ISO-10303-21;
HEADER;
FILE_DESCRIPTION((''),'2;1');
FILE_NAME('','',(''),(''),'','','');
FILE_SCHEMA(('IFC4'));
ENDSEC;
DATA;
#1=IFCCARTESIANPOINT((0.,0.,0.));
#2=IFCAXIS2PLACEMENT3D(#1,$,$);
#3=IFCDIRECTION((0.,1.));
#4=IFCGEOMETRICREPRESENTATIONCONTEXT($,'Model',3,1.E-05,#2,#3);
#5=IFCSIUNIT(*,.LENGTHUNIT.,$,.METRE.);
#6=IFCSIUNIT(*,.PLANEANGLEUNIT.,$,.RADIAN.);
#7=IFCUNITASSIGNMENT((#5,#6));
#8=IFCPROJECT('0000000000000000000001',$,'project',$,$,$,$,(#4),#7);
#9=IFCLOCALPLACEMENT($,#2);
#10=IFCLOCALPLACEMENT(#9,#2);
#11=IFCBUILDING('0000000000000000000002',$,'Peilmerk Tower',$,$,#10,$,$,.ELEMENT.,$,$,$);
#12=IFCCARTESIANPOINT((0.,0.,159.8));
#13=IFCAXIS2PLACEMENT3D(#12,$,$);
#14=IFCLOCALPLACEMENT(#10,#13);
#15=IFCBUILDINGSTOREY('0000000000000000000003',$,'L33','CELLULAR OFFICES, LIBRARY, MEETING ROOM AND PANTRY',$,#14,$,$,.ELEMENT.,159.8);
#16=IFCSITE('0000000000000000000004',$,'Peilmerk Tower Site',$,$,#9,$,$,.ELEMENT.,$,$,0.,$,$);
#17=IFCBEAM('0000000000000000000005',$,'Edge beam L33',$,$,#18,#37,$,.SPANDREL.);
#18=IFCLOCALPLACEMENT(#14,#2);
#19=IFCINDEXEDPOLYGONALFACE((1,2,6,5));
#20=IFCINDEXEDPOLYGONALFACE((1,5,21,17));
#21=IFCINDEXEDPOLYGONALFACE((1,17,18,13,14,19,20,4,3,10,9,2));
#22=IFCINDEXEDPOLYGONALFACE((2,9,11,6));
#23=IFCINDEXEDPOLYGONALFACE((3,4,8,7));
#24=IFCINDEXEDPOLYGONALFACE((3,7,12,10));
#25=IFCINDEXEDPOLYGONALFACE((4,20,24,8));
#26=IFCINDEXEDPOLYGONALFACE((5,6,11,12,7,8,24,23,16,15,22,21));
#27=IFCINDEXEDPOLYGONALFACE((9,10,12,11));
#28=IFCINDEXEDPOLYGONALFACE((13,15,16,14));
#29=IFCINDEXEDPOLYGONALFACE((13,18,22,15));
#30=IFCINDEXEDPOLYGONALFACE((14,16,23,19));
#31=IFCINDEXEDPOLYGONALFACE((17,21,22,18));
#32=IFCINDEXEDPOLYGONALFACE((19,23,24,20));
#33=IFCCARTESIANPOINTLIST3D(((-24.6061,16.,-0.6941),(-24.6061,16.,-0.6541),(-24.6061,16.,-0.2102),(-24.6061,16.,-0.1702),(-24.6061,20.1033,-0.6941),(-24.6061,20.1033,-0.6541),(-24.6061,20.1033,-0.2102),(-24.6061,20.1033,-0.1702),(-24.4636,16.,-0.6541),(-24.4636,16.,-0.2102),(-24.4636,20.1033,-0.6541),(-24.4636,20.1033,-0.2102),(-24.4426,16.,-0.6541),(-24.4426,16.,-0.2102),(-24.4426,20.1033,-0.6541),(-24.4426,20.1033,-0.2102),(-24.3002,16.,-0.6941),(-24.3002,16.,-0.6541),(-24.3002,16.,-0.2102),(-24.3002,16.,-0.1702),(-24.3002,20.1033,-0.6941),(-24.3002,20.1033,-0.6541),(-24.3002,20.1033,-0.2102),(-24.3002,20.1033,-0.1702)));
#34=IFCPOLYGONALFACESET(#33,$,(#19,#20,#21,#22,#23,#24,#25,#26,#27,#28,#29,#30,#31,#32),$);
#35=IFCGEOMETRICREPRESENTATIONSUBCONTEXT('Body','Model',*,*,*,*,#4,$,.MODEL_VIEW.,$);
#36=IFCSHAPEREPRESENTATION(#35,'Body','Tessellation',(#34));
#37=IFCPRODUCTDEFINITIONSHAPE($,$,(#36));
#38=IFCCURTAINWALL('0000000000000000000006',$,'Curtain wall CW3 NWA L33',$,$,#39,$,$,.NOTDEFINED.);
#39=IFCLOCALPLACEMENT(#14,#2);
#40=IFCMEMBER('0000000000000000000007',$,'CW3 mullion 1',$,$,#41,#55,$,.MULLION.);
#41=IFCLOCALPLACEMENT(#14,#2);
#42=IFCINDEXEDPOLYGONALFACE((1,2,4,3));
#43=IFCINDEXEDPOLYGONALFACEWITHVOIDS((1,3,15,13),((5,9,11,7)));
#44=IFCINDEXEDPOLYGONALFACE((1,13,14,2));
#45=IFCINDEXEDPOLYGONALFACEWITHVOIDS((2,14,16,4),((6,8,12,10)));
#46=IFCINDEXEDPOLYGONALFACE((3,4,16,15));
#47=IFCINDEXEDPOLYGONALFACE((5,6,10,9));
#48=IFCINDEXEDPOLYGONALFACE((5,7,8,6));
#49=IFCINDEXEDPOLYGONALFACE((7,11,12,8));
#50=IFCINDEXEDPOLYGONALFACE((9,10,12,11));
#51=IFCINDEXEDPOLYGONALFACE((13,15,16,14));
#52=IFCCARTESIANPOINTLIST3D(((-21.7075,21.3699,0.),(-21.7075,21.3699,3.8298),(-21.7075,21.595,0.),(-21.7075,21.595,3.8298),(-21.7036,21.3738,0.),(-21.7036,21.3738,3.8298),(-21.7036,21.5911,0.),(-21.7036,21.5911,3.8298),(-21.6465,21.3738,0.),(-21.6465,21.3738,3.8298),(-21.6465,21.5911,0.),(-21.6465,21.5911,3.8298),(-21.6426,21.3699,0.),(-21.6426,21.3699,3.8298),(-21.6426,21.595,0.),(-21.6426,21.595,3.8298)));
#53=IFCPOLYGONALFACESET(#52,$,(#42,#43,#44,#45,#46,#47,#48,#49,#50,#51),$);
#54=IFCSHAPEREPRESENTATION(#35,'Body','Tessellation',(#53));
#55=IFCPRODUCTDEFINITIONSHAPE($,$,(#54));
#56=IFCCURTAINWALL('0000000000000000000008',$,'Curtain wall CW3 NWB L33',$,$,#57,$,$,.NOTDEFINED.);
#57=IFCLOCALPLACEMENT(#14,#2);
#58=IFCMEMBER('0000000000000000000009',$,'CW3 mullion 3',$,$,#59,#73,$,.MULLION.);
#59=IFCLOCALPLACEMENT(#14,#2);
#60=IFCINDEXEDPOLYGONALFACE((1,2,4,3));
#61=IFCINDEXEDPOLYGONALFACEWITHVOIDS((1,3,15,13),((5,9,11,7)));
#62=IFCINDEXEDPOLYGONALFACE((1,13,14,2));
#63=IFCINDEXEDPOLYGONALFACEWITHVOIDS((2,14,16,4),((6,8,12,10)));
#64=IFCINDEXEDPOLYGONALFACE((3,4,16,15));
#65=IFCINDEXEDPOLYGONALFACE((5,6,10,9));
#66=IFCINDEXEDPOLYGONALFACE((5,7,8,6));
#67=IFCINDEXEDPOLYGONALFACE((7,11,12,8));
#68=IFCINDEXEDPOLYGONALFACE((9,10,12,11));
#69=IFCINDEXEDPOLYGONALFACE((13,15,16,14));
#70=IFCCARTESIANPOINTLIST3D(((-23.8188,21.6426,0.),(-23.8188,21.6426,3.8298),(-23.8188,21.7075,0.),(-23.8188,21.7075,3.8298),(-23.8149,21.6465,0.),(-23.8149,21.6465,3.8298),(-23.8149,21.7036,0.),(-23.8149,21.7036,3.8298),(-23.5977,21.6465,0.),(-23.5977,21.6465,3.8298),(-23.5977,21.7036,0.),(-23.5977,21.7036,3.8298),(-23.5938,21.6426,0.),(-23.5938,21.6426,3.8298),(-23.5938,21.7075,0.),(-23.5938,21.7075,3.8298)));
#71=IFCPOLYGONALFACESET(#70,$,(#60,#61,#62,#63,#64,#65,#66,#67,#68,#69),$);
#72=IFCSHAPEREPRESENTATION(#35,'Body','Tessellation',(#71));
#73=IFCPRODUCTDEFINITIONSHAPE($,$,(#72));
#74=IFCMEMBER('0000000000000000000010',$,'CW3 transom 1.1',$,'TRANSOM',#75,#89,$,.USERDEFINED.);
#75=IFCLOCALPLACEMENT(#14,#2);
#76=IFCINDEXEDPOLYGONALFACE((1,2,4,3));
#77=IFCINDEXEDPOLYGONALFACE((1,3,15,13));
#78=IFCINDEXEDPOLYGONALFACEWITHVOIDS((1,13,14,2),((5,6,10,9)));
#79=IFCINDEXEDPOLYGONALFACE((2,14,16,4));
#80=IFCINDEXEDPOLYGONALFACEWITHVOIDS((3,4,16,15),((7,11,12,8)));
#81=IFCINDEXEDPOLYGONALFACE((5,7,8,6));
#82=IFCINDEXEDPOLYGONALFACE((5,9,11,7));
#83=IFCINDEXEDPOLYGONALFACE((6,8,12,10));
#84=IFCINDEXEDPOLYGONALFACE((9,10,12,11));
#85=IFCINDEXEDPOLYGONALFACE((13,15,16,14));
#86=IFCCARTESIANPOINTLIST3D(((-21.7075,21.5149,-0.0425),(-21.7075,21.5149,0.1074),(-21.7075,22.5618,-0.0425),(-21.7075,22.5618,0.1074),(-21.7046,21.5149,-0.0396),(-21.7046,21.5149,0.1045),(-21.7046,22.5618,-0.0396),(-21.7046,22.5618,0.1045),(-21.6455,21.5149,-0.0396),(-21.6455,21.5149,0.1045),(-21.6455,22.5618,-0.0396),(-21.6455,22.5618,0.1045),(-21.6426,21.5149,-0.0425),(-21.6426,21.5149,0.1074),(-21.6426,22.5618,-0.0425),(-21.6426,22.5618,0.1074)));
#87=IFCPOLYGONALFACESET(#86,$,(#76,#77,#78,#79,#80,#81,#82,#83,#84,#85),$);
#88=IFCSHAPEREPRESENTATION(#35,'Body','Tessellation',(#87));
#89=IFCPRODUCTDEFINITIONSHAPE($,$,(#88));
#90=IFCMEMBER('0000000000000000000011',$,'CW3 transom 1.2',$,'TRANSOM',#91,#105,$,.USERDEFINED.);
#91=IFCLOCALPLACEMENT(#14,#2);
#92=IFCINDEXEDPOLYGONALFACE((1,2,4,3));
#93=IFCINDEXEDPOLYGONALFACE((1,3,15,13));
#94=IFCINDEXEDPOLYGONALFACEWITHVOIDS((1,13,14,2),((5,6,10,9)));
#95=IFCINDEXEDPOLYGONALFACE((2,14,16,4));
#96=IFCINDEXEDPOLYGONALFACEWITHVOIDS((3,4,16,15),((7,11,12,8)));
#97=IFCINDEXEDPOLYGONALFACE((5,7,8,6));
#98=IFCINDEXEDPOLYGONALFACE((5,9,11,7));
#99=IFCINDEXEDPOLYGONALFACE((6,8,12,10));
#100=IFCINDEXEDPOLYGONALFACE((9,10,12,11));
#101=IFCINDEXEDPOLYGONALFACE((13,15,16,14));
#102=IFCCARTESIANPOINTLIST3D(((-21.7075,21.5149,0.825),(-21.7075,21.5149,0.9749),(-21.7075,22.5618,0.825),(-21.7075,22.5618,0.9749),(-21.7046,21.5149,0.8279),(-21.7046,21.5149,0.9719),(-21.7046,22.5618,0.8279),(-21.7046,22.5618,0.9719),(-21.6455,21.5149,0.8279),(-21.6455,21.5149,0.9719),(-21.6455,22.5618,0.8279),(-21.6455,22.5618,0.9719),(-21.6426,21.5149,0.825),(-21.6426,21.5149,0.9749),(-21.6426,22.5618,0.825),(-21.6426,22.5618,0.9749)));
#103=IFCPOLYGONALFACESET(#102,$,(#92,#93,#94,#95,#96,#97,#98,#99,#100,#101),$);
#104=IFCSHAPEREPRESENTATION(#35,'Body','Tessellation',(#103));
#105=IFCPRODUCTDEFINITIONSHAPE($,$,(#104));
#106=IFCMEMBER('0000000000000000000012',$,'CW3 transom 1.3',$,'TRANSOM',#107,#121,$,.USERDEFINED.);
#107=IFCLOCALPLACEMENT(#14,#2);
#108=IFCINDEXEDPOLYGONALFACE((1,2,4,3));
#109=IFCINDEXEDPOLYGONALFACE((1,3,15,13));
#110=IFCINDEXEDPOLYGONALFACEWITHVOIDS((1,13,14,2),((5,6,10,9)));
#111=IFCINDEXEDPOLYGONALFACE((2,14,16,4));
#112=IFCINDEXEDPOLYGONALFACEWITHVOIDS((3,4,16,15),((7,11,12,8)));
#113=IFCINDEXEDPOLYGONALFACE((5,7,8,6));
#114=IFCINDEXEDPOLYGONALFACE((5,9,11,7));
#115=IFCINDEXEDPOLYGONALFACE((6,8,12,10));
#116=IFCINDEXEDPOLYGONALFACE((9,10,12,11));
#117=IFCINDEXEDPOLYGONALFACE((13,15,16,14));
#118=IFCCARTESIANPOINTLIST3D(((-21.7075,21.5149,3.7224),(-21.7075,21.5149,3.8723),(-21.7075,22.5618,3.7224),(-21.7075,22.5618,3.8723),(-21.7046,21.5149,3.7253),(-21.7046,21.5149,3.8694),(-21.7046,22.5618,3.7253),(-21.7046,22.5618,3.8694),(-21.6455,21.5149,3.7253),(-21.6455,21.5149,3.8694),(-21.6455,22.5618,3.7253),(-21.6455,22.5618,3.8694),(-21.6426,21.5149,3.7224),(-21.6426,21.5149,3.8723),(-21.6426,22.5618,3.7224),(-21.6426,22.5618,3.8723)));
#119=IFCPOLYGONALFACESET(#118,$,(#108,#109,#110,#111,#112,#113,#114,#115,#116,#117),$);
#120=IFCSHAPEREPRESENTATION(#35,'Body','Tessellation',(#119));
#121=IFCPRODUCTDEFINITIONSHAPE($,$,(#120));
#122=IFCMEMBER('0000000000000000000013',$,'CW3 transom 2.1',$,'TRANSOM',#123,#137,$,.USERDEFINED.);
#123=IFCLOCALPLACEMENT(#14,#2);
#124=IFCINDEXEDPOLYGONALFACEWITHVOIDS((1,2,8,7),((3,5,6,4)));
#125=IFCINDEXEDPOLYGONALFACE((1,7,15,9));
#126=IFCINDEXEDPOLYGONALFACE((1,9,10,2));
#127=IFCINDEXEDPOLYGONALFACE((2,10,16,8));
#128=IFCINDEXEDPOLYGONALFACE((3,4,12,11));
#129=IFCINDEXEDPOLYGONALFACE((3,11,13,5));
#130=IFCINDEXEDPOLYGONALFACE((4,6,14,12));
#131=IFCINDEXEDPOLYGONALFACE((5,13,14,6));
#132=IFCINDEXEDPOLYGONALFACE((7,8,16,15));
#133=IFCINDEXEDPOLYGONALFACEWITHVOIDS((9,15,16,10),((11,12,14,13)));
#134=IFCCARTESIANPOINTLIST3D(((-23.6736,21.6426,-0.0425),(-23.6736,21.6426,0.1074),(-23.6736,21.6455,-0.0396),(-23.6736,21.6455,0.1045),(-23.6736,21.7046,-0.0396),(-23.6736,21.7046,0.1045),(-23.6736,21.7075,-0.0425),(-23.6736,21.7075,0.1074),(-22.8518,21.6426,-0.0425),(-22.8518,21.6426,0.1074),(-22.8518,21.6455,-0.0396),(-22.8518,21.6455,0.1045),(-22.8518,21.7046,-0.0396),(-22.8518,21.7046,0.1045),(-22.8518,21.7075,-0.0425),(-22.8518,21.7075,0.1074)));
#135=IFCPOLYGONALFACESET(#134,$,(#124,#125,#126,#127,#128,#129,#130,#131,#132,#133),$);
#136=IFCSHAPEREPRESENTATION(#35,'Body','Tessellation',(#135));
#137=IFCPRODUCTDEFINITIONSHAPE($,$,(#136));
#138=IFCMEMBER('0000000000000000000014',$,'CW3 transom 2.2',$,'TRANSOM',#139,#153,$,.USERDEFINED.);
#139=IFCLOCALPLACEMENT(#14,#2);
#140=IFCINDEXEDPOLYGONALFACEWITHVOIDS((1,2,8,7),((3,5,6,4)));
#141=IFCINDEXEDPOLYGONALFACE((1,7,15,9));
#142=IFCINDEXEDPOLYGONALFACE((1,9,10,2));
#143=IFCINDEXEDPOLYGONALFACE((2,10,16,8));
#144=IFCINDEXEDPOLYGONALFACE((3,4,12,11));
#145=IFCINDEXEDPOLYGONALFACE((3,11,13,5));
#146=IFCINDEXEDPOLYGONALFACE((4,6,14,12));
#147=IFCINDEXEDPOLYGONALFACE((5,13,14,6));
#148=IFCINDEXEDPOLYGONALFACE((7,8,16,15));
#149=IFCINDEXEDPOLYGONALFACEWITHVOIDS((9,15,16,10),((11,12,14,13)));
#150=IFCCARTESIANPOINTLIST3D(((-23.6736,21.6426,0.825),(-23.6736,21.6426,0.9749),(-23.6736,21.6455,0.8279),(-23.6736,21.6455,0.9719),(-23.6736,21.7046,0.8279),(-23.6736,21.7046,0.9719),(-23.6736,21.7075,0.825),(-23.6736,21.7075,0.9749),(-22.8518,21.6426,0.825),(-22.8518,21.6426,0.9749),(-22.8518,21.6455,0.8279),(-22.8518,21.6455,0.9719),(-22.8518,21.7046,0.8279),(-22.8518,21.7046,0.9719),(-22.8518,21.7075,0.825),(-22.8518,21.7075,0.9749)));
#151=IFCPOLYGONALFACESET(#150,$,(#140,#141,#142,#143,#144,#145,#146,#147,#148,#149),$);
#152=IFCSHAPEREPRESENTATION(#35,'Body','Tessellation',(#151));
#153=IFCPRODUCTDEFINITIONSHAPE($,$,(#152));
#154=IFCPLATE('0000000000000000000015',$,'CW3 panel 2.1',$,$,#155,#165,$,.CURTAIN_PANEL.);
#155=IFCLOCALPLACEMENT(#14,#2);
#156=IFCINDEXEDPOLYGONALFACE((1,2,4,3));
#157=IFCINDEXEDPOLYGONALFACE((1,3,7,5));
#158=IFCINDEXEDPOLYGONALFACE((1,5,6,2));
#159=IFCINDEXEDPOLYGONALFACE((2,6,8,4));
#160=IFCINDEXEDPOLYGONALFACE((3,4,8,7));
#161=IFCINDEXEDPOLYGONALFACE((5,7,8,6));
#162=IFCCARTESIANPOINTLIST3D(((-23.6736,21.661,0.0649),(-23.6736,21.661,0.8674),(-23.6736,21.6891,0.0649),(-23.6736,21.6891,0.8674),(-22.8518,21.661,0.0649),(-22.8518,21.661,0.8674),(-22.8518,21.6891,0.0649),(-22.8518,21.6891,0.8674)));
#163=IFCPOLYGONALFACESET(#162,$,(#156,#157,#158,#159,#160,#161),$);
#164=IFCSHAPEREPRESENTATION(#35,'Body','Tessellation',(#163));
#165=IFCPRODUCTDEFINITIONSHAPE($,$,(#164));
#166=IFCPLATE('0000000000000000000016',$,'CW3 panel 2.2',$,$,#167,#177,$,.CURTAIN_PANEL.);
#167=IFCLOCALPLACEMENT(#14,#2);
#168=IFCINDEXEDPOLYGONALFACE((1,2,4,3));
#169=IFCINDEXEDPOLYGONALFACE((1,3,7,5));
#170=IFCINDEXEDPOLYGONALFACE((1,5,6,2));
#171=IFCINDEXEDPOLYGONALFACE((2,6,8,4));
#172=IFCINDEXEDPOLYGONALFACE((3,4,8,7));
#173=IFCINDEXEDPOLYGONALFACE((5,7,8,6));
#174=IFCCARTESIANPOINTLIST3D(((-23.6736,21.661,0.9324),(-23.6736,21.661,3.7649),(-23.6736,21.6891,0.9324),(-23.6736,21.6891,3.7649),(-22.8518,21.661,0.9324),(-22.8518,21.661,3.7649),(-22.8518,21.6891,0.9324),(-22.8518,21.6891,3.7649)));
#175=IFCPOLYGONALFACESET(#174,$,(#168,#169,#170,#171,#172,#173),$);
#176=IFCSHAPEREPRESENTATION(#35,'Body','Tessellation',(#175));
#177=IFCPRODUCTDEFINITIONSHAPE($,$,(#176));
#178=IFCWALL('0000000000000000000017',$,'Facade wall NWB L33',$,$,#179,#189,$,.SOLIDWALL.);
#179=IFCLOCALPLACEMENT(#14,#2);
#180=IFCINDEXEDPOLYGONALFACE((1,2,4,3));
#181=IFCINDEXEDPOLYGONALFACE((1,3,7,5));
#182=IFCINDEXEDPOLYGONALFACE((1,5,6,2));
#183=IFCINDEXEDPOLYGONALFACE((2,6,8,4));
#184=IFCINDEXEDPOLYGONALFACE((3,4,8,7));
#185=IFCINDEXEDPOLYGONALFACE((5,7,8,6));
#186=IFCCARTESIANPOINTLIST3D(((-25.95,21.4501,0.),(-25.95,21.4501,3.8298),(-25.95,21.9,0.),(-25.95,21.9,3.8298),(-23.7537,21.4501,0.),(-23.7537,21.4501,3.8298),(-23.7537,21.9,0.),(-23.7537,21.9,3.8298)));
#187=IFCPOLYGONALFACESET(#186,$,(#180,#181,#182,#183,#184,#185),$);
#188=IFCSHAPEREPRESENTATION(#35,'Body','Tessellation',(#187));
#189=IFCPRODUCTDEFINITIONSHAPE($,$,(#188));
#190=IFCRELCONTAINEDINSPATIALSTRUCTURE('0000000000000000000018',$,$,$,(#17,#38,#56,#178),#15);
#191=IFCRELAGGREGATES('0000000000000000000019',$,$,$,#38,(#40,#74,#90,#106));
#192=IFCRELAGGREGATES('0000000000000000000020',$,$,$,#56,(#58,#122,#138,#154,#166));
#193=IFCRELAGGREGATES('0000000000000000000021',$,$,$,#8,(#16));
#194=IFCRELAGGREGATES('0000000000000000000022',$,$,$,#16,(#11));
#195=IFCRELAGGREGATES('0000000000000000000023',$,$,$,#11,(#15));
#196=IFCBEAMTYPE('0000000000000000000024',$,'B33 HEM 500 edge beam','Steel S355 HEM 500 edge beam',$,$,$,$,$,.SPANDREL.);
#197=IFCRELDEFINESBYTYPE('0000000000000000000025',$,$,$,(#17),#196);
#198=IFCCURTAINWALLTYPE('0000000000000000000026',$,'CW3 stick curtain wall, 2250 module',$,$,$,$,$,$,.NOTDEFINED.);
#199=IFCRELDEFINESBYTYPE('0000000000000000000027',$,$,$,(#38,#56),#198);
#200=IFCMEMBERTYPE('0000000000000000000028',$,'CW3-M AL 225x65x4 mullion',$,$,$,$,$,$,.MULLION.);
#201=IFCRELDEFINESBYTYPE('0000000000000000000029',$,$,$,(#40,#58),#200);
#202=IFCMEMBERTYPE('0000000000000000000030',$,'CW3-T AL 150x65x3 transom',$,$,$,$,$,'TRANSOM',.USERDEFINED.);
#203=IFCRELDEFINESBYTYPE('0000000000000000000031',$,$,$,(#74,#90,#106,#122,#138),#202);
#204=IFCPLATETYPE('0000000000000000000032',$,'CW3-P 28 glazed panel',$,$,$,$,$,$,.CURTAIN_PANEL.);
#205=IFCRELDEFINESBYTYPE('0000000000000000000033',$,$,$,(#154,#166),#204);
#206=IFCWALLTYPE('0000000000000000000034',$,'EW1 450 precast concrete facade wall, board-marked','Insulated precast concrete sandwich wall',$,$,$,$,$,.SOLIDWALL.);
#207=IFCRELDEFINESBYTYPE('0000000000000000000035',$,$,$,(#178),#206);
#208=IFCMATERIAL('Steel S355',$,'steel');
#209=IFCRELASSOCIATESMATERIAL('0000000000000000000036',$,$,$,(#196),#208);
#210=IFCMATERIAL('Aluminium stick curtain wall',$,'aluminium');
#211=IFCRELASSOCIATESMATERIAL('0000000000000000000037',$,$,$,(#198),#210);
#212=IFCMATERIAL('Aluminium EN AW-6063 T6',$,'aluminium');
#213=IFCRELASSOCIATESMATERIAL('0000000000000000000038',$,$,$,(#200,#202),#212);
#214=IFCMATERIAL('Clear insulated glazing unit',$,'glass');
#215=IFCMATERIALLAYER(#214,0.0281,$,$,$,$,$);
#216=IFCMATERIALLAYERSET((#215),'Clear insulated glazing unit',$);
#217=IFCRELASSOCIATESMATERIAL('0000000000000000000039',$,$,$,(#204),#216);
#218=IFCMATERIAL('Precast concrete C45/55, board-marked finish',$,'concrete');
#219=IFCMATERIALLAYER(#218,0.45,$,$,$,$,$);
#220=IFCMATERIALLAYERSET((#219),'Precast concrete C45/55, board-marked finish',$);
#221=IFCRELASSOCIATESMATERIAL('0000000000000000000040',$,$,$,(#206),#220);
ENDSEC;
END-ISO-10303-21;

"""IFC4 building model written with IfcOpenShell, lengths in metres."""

from ifc_helpers import new_model, si_unit, direction, frame, frame_2d, origin, origin_2d, place, context, subcontext, project, spatial, rectangle, hollow_rectangle, i_section, extrude, material, layer, layer_set, material_profile, profile_set, type_object, element, aggregate, save


model = new_model("IFC4")

# Units and contexts
model_context = context("Model", 3, precision=1e-05, world=origin(), true_north=direction((0.0, 1.0)))
body_context = subcontext(model_context, "Body", "Model", "MODEL_VIEW")
ifc_project = project(units=[si_unit("LENGTHUNIT", "METRE"), si_unit("PLANEANGLEUNIT", "RADIAN")], contexts=[model_context])

# Site, building, storey
site_placement = place(None, origin())
site = spatial("IfcSite", under=ifc_project, at=site_placement, Name="Peilmerk Tower Site", CompositionType="ELEMENT", RefElevation=0.0)
building_placement = place(site_placement, origin())
building = spatial("IfcBuilding", under=site, at=building_placement, Name="Peilmerk Tower", CompositionType="ELEMENT")
storey_placement = place(building_placement, frame((0.0, 0.0, 159.8)))
storey = spatial("IfcBuildingStorey", under=building, at=storey_placement, Name="L33", Description="CELLULAR OFFICES, LIBRARY, MEETING ROOM AND PANTRY", CompositionType="ELEMENT", Elevation=159.8)

# Beam
ifc_material_1 = material(Name="Steel S355", Category="steel")
ifc_material_profile_1 = material_profile(ifc_material_1, i_section(OverallWidth=0.3059, OverallDepth=0.5239, WebThickness=0.021, FlangeThickness=0.04, at=origin_2d()), Name="HEM 500")
ifc_profile_set_1 = profile_set([ifc_material_profile_1], Name="Steel S355")
beam_type_1 = type_object("IfcBeamType", Name="B33 HEM 500 edge beam", Description="Steel S355 HEM 500 edge beam", PredefinedType="SPANDREL", material=ifc_profile_set_1)
beam_1_placement = place(storey_placement, frame((-24.4531, 20.1033, -0.4321), z_axis=(0.0, -1.0, 0.0), x_axis=(1.0, 0.0, 0.0)))
element("IfcBeam", 1, at=beam_1_placement, inside=storey, type_object=beam_type_1, Name="Edge beam L33", PredefinedType="SPANDREL", context=body_context, shape_type="SweptSolid", body=[
    extrude(i_section(OverallWidth=0.3059, OverallDepth=0.5239, WebThickness=0.021, FlangeThickness=0.04, at=origin_2d()), origin(), (0.0, 0.0, 1.0), 4.1033),
])

# Curtain walls, members
ifc_material_2 = material(Name="Aluminium stick curtain wall", Category="aluminium")
curtain_wall_type = type_object("IfcCurtainWallType", Name="CW3 stick curtain wall, 2250 module", PredefinedType="NOTDEFINED", material=ifc_material_2)
curtain_wall_1_placement = place(storey_placement, origin())
curtain_wall_1 = element("IfcCurtainWall", 2, at=curtain_wall_1_placement, inside=storey, type_object=curtain_wall_type, Name="Curtain wall CW3 NWA L33", PredefinedType="NOTDEFINED")
ifc_material_3 = material(Name="Aluminium EN AW-6063 T6", Category="aluminium")
ifc_material_profile_2 = material_profile(ifc_material_3, hollow_rectangle(XDim=0.0649, YDim=0.2251, WallThickness=0.0039, at=origin_2d()), Name="AL 225x65x4")
ifc_profile_set_2 = profile_set([ifc_material_profile_2], Name="Aluminium EN AW-6063 T6")
member_type_1 = type_object("IfcMemberType", Name="CW3-M AL 225x65x4 mullion", PredefinedType="MULLION", material=ifc_profile_set_2)
member_1_placement = place(storey_placement, frame((-21.675, 21.4824, 0.0), z_axis=(0.0, 0.0, 1.0), x_axis=(-1.0, 0.0, 0.0)))
member_1 = element("IfcMember", 3, at=member_1_placement, type_object=member_type_1, Name="CW3 mullion 1", PredefinedType="MULLION", context=body_context, shape_type="SweptSolid", body=[
    extrude(hollow_rectangle(XDim=0.0649, YDim=0.2251, WallThickness=0.0039, at=origin_2d()), origin(), (0.0, 0.0, 1.0), 3.8298),
])
curtain_wall_2_placement = place(storey_placement, origin())
curtain_wall_2 = element("IfcCurtainWall", 4, at=curtain_wall_2_placement, inside=storey, type_object=curtain_wall_type, Name="Curtain wall CW3 NWB L33", PredefinedType="NOTDEFINED")
member_2_placement = place(storey_placement, frame((-23.7063, 21.675, 0.0), z_axis=(0.0, 0.0, 1.0), x_axis=(0.0, -1.0, 0.0)))
member_2 = element("IfcMember", 5, at=member_2_placement, type_object=member_type_1, Name="CW3 mullion 3", PredefinedType="MULLION", context=body_context, shape_type="SweptSolid", body=[
    extrude(hollow_rectangle(XDim=0.0649, YDim=0.2251, WallThickness=0.0039, at=origin_2d()), origin(), (0.0, 0.0, 1.0), 3.8298),
])

# Members
ifc_material_profile_3 = material_profile(ifc_material_3, hollow_rectangle(XDim=0.0649, YDim=0.1499, WallThickness=0.0029, at=origin_2d()), Name="AL 150x65x3")
ifc_profile_set_3 = profile_set([ifc_material_profile_3], Name="Aluminium EN AW-6063 T6")
member_type_2 = type_object("IfcMemberType", Name="CW3-T AL 150x65x3 transom", ElementType="TRANSOM", PredefinedType="USERDEFINED", material=ifc_profile_set_3)
member_3_placement = place(storey_placement, frame((-21.675, 21.5149, 0.0325), z_axis=(0.0, 1.0, 0.0), x_axis=(-1.0, 0.0, 0.0)))
member_3 = element("IfcMember", 6, at=member_3_placement, type_object=member_type_2, Name="CW3 transom 1.1", ObjectType="TRANSOM", PredefinedType="USERDEFINED", context=body_context, shape_type="SweptSolid", body=[
    extrude(hollow_rectangle(XDim=0.0649, YDim=0.1499, WallThickness=0.0029, at=origin_2d()), origin(), (0.0, 0.0, 1.0), 1.0469),
])
member_4_placement = place(storey_placement, frame((-21.675, 21.5149, 0.8999), z_axis=(0.0, 1.0, 0.0), x_axis=(-1.0, 0.0, 0.0)))
member_4 = element("IfcMember", 7, at=member_4_placement, type_object=member_type_2, Name="CW3 transom 1.2", ObjectType="TRANSOM", PredefinedType="USERDEFINED", context=body_context, shape_type="SweptSolid", body=[
    extrude(hollow_rectangle(XDim=0.0649, YDim=0.1499, WallThickness=0.0029, at=origin_2d()), origin(), (0.0, 0.0, 1.0), 1.0469),
])
member_5_placement = place(storey_placement, frame((-21.675, 21.5149, 3.7974), z_axis=(0.0, 1.0, 0.0), x_axis=(-1.0, 0.0, 0.0)))
member_5 = element("IfcMember", 8, at=member_5_placement, type_object=member_type_2, Name="CW3 transom 1.3", ObjectType="TRANSOM", PredefinedType="USERDEFINED", context=body_context, shape_type="SweptSolid", body=[
    extrude(hollow_rectangle(XDim=0.0649, YDim=0.1499, WallThickness=0.0029, at=origin_2d()), origin(), (0.0, 0.0, 1.0), 1.0469),
])
aggregate(curtain_wall_1, [member_1, member_3, member_4, member_5])
member_6_placement = place(storey_placement, frame((-22.8518, 21.675, 0.0325), z_axis=(-1.0, 0.0, 0.0), x_axis=(0.0, -1.0, 0.0)))
member_6 = element("IfcMember", 9, at=member_6_placement, type_object=member_type_2, Name="CW3 transom 2.1", ObjectType="TRANSOM", PredefinedType="USERDEFINED", context=body_context, shape_type="SweptSolid", body=[
    extrude(hollow_rectangle(XDim=0.0649, YDim=0.1499, WallThickness=0.0029, at=origin_2d()), origin(), (0.0, 0.0, 1.0), 0.8218),
])
member_7_placement = place(storey_placement, frame((-22.8518, 21.675, 0.8999), z_axis=(-1.0, 0.0, 0.0), x_axis=(0.0, -1.0, 0.0)))
member_7 = element("IfcMember", 10, at=member_7_placement, type_object=member_type_2, Name="CW3 transom 2.2", ObjectType="TRANSOM", PredefinedType="USERDEFINED", context=body_context, shape_type="SweptSolid", body=[
    extrude(hollow_rectangle(XDim=0.0649, YDim=0.1499, WallThickness=0.0029, at=origin_2d()), origin(), (0.0, 0.0, 1.0), 0.8218),
])

# Plates
ifc_material_4 = material(Name="Clear insulated glazing unit", Category="glass")
ifc_layer_1 = layer(ifc_material_4, 0.0281)
ifc_layer_set_1 = layer_set([ifc_layer_1], Name="Clear insulated glazing unit")
plate_type = type_object("IfcPlateType", Name="CW3-P 28 glazed panel", PredefinedType="CURTAIN_PANEL", material=ifc_layer_set_1)
plate_1_placement = place(storey_placement, frame((-23.2627, 21.675, 0.0649), z_axis=(0.0, 0.0, 1.0), x_axis=(-1.0, 0.0, 0.0)))
plate_1 = element("IfcPlate", 11, at=plate_1_placement, type_object=plate_type, Name="CW3 panel 2.1", PredefinedType="CURTAIN_PANEL", context=body_context, shape_type="SweptSolid", body=[
    extrude(rectangle(XDim=0.8218, YDim=0.0281, at=origin_2d()), origin(), (0.0, 0.0, 1.0), 0.8025),
])
plate_2_placement = place(storey_placement, frame((-23.2627, 21.675, 0.9324), z_axis=(0.0, 0.0, 1.0), x_axis=(-1.0, 0.0, 0.0)))
plate_2 = element("IfcPlate", 12, at=plate_2_placement, type_object=plate_type, Name="CW3 panel 2.2", PredefinedType="CURTAIN_PANEL", context=body_context, shape_type="SweptSolid", body=[
    extrude(rectangle(XDim=0.8218, YDim=0.0281, at=origin_2d()), origin(), (0.0, 0.0, 1.0), 2.8325),
])
aggregate(curtain_wall_2, [member_2, member_6, member_7, plate_1, plate_2])

# Wall
ifc_material_5 = material(Name="Precast concrete C45/55, board-marked finish", Category="concrete")
ifc_layer_2 = layer(ifc_material_5, 0.45)
ifc_layer_set_2 = layer_set([ifc_layer_2], Name="Precast concrete C45/55, board-marked finish")
wall_type_1 = type_object("IfcWallType", Name="EW1 450 precast concrete facade wall, board-marked", Description="Insulated precast concrete sandwich wall", PredefinedType="SOLIDWALL", material=ifc_layer_set_2)
wall_1_placement = place(storey_placement, frame((-23.7537, 21.675, 0.0), z_axis=(0.0, 0.0, 1.0), x_axis=(-1.0, 0.0, 0.0)))
element("IfcWall", 13, at=wall_1_placement, inside=storey, type_object=wall_type_1, Name="Facade wall NWB L33", PredefinedType="SOLIDWALL", context=body_context, shape_type="SweptSolid", body=[
    extrude(rectangle(XDim=2.1963, YDim=0.45, at=frame_2d((1.0981, 0.0))), origin(), (0.0, 0.0, 1.0), 3.8298),
])

save(model, "model.ifc")
